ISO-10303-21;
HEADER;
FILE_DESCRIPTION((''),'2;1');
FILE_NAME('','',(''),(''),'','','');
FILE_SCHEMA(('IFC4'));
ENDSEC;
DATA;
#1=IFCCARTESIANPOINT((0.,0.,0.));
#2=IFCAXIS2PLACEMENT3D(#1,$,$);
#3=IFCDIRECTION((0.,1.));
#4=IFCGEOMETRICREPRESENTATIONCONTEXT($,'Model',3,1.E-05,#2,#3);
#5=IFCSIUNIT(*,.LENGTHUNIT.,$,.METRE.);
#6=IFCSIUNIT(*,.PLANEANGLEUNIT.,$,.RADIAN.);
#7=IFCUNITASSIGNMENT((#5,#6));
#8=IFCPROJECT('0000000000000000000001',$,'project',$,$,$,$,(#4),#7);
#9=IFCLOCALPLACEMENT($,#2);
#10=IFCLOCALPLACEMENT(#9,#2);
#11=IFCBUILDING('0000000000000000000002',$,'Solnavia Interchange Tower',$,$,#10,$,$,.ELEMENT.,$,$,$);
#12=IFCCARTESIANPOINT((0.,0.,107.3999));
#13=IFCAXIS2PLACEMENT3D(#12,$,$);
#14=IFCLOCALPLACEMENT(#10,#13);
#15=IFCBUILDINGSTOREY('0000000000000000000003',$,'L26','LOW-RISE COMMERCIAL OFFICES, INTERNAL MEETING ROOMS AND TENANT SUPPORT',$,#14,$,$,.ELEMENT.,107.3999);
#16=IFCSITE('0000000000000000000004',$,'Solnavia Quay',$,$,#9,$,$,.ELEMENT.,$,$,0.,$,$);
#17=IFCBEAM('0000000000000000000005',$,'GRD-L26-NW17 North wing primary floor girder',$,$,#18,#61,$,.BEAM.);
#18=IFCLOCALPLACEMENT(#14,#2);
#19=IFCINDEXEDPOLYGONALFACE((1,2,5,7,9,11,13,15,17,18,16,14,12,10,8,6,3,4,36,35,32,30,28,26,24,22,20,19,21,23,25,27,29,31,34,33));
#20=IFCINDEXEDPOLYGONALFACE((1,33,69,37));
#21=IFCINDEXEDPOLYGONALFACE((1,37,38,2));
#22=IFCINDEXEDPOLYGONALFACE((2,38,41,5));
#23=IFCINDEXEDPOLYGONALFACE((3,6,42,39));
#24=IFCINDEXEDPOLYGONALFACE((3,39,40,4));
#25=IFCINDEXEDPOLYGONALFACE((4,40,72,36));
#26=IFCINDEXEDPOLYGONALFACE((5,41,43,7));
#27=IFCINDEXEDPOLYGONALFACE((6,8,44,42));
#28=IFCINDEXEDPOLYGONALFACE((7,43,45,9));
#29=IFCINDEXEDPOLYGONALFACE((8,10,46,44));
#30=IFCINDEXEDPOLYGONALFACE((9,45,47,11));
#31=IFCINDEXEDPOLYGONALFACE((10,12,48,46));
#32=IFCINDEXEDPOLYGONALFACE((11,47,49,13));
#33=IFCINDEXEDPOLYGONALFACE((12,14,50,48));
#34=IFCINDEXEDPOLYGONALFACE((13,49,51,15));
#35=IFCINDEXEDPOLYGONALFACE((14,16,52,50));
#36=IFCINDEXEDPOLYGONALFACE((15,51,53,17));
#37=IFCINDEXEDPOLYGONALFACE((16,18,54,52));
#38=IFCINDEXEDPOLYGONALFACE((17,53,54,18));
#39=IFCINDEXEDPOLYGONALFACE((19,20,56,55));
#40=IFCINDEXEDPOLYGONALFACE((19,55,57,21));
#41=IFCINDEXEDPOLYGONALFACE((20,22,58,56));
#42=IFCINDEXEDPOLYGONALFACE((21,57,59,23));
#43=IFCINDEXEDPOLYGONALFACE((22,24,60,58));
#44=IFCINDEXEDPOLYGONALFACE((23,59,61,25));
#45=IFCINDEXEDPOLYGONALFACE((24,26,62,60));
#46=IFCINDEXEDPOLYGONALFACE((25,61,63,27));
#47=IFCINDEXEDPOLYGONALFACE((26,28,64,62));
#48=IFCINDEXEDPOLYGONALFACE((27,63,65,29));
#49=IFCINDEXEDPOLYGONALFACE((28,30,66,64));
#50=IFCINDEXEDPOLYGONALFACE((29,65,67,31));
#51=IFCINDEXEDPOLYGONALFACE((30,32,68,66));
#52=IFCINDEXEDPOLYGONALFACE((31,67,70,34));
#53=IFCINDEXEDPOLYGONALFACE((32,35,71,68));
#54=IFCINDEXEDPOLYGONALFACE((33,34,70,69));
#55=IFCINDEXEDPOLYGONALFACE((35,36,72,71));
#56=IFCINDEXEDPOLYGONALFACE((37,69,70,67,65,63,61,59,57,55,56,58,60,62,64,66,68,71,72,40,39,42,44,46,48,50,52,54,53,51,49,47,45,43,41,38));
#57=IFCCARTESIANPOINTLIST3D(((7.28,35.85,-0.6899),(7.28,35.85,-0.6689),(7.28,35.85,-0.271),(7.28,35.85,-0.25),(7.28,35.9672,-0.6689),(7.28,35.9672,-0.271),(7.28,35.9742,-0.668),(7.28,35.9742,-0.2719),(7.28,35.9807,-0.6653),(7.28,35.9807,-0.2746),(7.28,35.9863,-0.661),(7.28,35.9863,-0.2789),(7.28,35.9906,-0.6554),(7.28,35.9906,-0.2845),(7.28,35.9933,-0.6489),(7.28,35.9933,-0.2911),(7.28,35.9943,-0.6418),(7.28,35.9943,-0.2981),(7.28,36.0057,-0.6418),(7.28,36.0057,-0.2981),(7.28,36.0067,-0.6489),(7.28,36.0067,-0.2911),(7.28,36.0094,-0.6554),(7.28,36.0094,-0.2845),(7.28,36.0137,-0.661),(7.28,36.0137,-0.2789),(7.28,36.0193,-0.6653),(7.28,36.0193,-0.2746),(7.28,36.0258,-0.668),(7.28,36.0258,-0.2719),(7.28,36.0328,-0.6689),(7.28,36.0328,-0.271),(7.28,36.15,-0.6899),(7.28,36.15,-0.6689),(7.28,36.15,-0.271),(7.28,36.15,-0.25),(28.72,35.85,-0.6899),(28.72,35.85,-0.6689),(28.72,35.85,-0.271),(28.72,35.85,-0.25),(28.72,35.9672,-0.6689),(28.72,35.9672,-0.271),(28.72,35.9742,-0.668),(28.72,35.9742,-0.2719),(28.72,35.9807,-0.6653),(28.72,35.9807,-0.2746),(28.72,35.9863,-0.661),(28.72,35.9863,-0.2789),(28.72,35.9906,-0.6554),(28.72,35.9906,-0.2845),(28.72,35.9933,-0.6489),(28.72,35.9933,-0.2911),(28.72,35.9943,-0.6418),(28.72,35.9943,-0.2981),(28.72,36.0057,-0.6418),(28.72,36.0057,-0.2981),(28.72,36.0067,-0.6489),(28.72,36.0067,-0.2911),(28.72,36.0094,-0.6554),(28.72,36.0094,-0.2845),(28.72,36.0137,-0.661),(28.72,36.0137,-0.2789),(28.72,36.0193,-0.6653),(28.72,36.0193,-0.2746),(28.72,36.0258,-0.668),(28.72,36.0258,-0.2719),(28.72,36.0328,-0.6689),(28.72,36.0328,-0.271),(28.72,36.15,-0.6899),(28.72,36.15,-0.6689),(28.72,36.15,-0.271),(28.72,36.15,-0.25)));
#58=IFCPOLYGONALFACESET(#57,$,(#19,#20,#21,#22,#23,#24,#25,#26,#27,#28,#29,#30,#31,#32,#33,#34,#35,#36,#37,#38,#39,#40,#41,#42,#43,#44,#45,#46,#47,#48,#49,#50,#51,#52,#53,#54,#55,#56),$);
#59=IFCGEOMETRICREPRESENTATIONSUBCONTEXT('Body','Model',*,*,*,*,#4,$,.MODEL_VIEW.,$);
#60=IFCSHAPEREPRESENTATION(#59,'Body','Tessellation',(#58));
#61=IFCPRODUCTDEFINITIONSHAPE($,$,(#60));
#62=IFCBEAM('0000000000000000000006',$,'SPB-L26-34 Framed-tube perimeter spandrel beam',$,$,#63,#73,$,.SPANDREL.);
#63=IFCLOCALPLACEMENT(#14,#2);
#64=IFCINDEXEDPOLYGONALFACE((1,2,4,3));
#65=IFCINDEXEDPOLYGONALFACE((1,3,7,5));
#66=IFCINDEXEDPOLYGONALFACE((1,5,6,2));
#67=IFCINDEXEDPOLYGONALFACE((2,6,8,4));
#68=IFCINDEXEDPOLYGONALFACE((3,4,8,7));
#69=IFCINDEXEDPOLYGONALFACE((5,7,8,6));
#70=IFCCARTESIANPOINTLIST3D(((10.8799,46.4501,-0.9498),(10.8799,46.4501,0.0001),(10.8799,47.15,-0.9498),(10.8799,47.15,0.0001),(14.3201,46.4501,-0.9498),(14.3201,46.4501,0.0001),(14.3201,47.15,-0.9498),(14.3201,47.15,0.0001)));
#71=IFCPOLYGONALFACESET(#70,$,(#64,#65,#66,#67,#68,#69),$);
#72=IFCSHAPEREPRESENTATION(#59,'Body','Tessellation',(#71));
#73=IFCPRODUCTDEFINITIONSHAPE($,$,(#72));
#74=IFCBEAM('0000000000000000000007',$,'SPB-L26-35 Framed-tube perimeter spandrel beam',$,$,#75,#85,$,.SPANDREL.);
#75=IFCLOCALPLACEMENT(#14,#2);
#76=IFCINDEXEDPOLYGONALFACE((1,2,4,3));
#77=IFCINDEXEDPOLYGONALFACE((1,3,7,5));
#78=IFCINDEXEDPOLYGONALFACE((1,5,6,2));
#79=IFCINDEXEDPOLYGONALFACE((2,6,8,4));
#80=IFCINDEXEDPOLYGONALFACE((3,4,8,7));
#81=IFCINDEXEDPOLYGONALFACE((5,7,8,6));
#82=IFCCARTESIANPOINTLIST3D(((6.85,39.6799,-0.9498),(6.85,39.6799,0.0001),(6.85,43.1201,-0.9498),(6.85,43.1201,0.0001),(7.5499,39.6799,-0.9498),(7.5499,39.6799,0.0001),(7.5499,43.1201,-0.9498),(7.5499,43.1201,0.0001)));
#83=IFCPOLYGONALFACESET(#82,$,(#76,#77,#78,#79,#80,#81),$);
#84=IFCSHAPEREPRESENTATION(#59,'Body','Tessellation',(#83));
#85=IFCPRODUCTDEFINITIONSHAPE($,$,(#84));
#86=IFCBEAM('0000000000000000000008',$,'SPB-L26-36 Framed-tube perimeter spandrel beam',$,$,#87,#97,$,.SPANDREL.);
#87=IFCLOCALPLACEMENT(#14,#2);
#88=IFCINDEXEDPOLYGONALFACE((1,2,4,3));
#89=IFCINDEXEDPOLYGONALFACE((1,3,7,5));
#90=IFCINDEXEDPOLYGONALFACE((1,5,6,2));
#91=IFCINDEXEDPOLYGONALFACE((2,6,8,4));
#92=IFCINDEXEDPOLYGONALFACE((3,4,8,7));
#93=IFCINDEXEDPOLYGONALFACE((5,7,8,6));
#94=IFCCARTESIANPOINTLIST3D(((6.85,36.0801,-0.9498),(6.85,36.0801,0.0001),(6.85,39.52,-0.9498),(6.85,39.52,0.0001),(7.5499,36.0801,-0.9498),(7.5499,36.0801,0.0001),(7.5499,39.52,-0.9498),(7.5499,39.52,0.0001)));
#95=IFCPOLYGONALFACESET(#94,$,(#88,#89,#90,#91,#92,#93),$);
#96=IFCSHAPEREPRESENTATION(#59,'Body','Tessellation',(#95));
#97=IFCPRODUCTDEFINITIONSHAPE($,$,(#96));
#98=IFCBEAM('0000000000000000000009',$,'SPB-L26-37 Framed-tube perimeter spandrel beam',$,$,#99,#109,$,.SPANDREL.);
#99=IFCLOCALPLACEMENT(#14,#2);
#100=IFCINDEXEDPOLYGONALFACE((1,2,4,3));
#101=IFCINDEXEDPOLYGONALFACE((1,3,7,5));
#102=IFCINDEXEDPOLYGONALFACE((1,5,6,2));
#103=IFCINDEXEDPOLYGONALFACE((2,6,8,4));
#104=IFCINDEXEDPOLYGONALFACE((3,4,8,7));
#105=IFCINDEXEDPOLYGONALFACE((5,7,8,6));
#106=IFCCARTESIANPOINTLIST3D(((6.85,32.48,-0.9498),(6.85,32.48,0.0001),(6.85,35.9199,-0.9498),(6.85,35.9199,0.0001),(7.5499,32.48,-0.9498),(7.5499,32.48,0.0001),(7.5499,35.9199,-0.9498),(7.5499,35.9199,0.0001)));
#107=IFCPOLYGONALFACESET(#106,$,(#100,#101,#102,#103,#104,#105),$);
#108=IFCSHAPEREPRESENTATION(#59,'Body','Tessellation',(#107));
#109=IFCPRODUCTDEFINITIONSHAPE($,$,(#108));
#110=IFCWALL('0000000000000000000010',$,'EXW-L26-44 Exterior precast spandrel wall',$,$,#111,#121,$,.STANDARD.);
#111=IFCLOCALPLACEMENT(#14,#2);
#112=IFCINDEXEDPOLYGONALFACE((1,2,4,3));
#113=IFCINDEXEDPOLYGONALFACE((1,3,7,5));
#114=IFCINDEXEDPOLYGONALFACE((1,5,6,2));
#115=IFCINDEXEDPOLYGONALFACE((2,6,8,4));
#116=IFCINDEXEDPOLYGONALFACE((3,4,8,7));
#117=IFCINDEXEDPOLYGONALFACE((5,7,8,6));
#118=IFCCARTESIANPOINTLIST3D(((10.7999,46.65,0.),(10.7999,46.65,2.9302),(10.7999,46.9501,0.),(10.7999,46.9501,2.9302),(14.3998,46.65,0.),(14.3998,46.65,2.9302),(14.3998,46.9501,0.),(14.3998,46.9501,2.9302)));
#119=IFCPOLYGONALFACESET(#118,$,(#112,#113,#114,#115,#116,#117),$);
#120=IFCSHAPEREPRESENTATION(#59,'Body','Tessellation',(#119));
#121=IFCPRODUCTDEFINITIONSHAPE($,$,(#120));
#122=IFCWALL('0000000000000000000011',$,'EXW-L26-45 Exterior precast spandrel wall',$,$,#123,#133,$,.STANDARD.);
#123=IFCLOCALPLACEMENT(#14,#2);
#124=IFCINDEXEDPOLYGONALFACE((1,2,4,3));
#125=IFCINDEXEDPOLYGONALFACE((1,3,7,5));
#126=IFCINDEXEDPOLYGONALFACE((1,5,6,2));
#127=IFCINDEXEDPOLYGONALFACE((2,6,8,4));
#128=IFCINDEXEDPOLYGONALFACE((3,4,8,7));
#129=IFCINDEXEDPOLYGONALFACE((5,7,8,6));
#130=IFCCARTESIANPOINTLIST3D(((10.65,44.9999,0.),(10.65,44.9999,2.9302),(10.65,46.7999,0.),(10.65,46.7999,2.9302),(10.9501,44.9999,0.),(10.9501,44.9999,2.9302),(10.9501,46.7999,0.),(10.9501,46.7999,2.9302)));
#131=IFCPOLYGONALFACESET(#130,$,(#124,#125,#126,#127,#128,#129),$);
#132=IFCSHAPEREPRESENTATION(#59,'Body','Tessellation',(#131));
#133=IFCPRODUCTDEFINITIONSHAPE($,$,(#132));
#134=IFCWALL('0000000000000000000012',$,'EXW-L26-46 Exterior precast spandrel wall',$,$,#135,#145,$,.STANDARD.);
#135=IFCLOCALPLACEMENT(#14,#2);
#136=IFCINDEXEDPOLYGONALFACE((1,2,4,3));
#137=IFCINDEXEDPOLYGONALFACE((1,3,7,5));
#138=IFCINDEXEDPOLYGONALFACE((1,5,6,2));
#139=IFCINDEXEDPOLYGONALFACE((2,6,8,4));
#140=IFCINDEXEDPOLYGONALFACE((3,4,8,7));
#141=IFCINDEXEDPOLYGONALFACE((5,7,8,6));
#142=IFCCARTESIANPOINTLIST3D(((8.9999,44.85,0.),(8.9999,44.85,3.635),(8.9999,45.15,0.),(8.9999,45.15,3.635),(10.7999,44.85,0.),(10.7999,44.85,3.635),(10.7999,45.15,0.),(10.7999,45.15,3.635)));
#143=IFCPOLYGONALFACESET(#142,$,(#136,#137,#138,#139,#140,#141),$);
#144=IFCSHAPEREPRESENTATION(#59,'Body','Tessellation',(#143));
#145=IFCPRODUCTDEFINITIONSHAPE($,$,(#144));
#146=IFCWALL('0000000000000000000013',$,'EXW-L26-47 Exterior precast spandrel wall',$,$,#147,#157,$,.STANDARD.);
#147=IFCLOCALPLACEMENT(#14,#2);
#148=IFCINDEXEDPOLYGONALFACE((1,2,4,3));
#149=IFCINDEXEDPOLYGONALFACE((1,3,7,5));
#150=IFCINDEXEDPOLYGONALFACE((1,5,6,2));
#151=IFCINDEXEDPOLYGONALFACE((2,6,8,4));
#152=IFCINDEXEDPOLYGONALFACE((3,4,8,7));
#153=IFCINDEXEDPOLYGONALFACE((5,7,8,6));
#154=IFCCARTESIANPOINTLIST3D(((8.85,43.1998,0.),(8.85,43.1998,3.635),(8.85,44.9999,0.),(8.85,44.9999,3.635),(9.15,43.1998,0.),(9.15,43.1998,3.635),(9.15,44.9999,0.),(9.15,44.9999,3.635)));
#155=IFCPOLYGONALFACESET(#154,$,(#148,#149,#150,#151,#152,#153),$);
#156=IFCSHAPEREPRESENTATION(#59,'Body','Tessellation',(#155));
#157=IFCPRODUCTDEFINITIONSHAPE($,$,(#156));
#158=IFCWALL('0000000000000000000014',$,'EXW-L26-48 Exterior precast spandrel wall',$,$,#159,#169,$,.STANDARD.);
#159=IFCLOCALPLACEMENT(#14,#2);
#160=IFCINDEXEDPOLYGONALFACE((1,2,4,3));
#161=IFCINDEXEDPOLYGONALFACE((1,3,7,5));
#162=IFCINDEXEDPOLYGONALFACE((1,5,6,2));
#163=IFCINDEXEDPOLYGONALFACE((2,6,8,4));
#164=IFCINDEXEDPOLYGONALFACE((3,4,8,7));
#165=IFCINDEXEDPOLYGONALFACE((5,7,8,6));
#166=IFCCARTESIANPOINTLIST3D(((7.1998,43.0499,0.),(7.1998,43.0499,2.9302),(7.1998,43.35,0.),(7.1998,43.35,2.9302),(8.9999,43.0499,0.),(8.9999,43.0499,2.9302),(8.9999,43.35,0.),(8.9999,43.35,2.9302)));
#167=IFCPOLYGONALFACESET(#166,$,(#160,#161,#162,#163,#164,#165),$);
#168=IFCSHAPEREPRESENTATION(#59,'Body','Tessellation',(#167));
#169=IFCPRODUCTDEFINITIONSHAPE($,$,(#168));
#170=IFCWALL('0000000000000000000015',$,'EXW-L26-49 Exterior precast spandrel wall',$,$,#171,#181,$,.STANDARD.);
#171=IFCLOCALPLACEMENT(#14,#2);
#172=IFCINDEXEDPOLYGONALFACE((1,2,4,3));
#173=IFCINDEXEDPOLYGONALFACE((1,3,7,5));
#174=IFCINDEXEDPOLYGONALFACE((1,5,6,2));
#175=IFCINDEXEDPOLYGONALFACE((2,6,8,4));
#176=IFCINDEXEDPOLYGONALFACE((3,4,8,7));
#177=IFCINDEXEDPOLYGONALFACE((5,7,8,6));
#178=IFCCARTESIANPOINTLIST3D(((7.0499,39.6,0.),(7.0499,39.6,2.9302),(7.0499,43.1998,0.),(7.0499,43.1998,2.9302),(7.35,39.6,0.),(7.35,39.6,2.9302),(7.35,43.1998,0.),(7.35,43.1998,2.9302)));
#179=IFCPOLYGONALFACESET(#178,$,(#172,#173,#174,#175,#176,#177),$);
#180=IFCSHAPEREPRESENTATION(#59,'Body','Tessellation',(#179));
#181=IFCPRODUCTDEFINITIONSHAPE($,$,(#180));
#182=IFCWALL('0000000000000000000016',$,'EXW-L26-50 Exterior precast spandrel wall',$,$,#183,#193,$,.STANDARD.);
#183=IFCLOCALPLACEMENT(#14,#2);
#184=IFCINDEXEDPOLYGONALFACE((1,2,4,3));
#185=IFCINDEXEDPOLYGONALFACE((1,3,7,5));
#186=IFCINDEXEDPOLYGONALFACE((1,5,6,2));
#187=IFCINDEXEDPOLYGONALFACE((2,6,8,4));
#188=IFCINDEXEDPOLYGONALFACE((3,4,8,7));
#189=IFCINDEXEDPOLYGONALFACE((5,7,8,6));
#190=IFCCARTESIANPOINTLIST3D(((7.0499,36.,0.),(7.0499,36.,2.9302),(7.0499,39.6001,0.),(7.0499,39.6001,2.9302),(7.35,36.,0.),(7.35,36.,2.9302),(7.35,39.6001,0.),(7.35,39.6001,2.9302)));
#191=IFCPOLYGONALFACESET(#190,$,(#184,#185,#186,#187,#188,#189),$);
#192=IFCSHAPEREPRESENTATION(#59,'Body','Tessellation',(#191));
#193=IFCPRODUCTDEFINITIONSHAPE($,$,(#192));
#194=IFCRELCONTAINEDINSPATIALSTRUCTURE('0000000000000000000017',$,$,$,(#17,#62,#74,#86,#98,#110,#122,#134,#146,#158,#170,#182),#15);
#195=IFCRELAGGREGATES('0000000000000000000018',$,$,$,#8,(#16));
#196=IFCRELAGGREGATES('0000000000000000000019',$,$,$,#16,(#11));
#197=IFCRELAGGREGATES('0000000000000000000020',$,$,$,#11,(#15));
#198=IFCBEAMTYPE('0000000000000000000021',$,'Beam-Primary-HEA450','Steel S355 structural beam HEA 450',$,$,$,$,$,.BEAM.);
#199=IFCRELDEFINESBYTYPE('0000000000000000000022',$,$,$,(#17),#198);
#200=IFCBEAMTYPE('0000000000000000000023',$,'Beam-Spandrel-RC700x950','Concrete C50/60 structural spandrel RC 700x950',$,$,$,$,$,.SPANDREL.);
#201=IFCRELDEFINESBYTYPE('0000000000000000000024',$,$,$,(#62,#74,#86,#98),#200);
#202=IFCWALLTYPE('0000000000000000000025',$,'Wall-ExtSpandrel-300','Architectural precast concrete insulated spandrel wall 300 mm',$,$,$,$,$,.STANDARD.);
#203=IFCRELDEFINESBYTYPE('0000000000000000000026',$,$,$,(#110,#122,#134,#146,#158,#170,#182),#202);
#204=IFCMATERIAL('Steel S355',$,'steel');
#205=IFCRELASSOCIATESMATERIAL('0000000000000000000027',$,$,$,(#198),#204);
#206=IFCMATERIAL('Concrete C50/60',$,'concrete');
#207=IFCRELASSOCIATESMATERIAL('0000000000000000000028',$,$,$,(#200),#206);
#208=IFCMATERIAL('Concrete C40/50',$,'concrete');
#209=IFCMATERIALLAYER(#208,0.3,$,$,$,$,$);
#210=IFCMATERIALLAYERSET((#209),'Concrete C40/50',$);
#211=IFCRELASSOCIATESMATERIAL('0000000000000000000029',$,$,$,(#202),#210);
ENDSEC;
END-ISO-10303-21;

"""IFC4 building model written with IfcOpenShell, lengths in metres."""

from ifc_helpers import new_model, si_unit, direction, frame, frame_2d, origin, origin_2d, place, context, subcontext, project, spatial, rectangle, i_section, extrude, material, layer, layer_set, material_profile, profile_set, type_object, element, save


model = new_model("IFC4")

# Units and contexts
model_context = context("Model", 3, precision=1e-05, world=origin(), true_north=direction((0.0, 1.0)))
body_context = subcontext(model_context, "Body", "Model", "MODEL_VIEW")
ifc_project = project(units=[si_unit("LENGTHUNIT", "METRE"), si_unit("PLANEANGLEUNIT", "RADIAN")], contexts=[model_context])

# Site, building, storey
site_placement = place(None, origin())
site = spatial("IfcSite", under=ifc_project, at=site_placement, Name="Solnavia Quay", CompositionType="ELEMENT", RefElevation=0.0)
building_placement = place(site_placement, origin())
building = spatial("IfcBuilding", under=site, at=building_placement, Name="Solnavia Interchange Tower", CompositionType="ELEMENT")
storey_placement = place(building_placement, frame((0.0, 0.0, 107.3999)))
storey = spatial("IfcBuildingStorey", under=building, at=storey_placement, Name="L26", Description="LOW-RISE COMMERCIAL OFFICES, INTERNAL MEETING ROOMS AND TENANT SUPPORT", CompositionType="ELEMENT", Elevation=107.3999)

# Shared definitions
ifc_material_1 = material(Name="Concrete C50/60", Category="concrete")

# Beams
ifc_material_2 = material(Name="Steel S355", Category="steel")
ifc_material_profile_1 = material_profile(ifc_material_2, i_section(OverallWidth=0.3, OverallDepth=0.4399, WebThickness=0.0115, FlangeThickness=0.021, FilletRadius=0.0271, at=origin_2d()), Name="HEA 450")
ifc_profile_set_1 = profile_set([ifc_material_profile_1], Name="Steel S355")
beam_type_1 = type_object("IfcBeamType", Name="Beam-Primary-HEA450", Description="Steel S355 structural beam HEA 450", PredefinedType="BEAM", material=ifc_profile_set_1)
beam_1_placement = place(storey_placement, frame((7.28, 36.0, -0.47), z_axis=(1.0, 0.0, 0.0), x_axis=(0.0, 1.0, 0.0)))
element("IfcBeam", 1, at=beam_1_placement, inside=storey, type_object=beam_type_1, Name="GRD-L26-NW17 North wing primary floor girder", PredefinedType="BEAM", context=body_context, shape_type="SweptSolid", body=[
    extrude(i_section(OverallWidth=0.3, OverallDepth=0.4399, WebThickness=0.0115, FlangeThickness=0.021, FilletRadius=0.0271, at=origin_2d()), origin(), (0.0, 0.0, 1.0), 21.4399),
])
ifc_material_profile_2 = material_profile(ifc_material_1, rectangle(XDim=0.7, YDim=0.95, at=origin_2d()), Name="RC 700x950")
ifc_profile_set_2 = profile_set([ifc_material_profile_2], Name="Concrete C50/60")
beam_type_2 = type_object("IfcBeamType", Name="Beam-Spandrel-RC700x950", Description="Concrete C50/60 structural spandrel RC 700x950", PredefinedType="SPANDREL", material=ifc_profile_set_2)
for number, where, z_axis, x_axis, name in (
    (2, (14.3201, 46.8, -0.4749), (-1.0, 0.0, 0.0), (0.0, -1.0, 0.0), "SPB-L26-34 Framed-tube perimeter spandrel beam"),
    (3, (7.2, 43.1201, -0.4749), (0.0, -1.0, 0.0), (1.0, 0.0, 0.0), "SPB-L26-35 Framed-tube perimeter spandrel beam"),
):
    element("IfcBeam", number, at=place(storey_placement, frame(where, z_axis=z_axis, x_axis=x_axis)), inside=storey, type_object=beam_type_2, Name=name, PredefinedType="SPANDREL", context=body_context, shape_type="SweptSolid", body=[
        extrude(rectangle(XDim=0.7, YDim=0.95, at=origin_2d()), origin(), (0.0, 0.0, 1.0), 3.4402),
    ])
for number, where, z_axis, x_axis, name in (
    (4, (7.2, 39.52, -0.4749), (0.0, -1.0, 0.0), (1.0, 0.0, 0.0), "SPB-L26-36 Framed-tube perimeter spandrel beam"),
    (5, (7.2, 35.9199, -0.4749), (0.0, -1.0, 0.0), (1.0, 0.0, 0.0), "SPB-L26-37 Framed-tube perimeter spandrel beam"),
):
    element("IfcBeam", number, at=place(storey_placement, frame(where, z_axis=z_axis, x_axis=x_axis)), inside=storey, type_object=beam_type_2, Name=name, PredefinedType="SPANDREL", context=body_context, shape_type="SweptSolid", body=[
        extrude(rectangle(XDim=0.7, YDim=0.95, at=origin_2d()), origin(), (0.0, 0.0, 1.0), 3.4399),
    ])

# Walls
ifc_material_3 = material(Name="Concrete C40/50", Category="concrete")
ifc_layer = layer(ifc_material_3, 0.3)
ifc_layer_set = layer_set([ifc_layer], Name="Concrete C40/50")
wall_type = type_object("IfcWallType", Name="Wall-ExtSpandrel-300", Description="Architectural precast concrete insulated spandrel wall 300 mm", PredefinedType="STANDARD", material=ifc_layer_set)
wall_1_placement = place(storey_placement, frame((10.8, 46.8, 0.0), z_axis=(0.0, 0.0, 1.0), x_axis=(1.0, 0.0, 0.0)))
element("IfcWall", 6, at=wall_1_placement, inside=storey, type_object=wall_type, Name="EXW-L26-44 Exterior precast spandrel wall", PredefinedType="STANDARD", context=body_context, shape_type="SweptSolid", body=[
    extrude(rectangle(XDim=3.5999, YDim=0.3, at=frame_2d((1.7998, 0.0))), origin(), (0.0, 0.0, 1.0), 2.9302),
])
wall_2_placement = place(storey_placement, frame((10.8, 45.0, 0.0), z_axis=(0.0, 0.0, 1.0), x_axis=(0.0, 1.0, 0.0)))
element("IfcWall", 7, at=wall_2_placement, inside=storey, type_object=wall_type, Name="EXW-L26-45 Exterior precast spandrel wall", PredefinedType="STANDARD", context=body_context, shape_type="SweptSolid", body=[
    extrude(rectangle(XDim=1.8, YDim=0.3, at=frame_2d((0.8999, 0.0))), origin(), (0.0, 0.0, 1.0), 2.9302),
])
for number, where, z_axis, x_axis, name in (
    (8, (9.0, 45.0, 0.0), (0.0, 0.0, 1.0), (1.0, 0.0, 0.0), "EXW-L26-46 Exterior precast spandrel wall"),
    (9, (9.0, 43.2, 0.0), (0.0, 0.0, 1.0), (0.0, 1.0, 0.0), "EXW-L26-47 Exterior precast spandrel wall"),
):
    element("IfcWall", number, at=place(storey_placement, frame(where, z_axis=z_axis, x_axis=x_axis)), inside=storey, type_object=wall_type, Name=name, PredefinedType="STANDARD", context=body_context, shape_type="SweptSolid", body=[
        extrude(rectangle(XDim=1.8, YDim=0.3, at=frame_2d((0.8999, 0.0))), origin(), (0.0, 0.0, 1.0), 3.635),
    ])
wall_3_placement = place(storey_placement, frame((7.2, 43.2, 0.0), z_axis=(0.0, 0.0, 1.0), x_axis=(1.0, 0.0, 0.0)))
element("IfcWall", 10, at=wall_3_placement, inside=storey, type_object=wall_type, Name="EXW-L26-48 Exterior precast spandrel wall", PredefinedType="STANDARD", context=body_context, shape_type="SweptSolid", body=[
    extrude(rectangle(XDim=1.8, YDim=0.3, at=frame_2d((0.8999, 0.0))), origin(), (0.0, 0.0, 1.0), 2.9302),
])
wall_4_placement = place(storey_placement, frame((7.2, 39.6001, 0.0), z_axis=(0.0, 0.0, 1.0), x_axis=(0.0, 1.0, 0.0)))
element("IfcWall", 11, at=wall_4_placement, inside=storey, type_object=wall_type, Name="EXW-L26-49 Exterior precast spandrel wall", PredefinedType="STANDARD", context=body_context, shape_type="SweptSolid", body=[
    extrude(rectangle(XDim=3.5999, YDim=0.3, at=frame_2d((1.7998, 0.0))), origin(), (0.0, 0.0, 1.0), 2.9302),
])
wall_5_placement = place(storey_placement, frame((7.2, 36.0, 0.0), z_axis=(0.0, 0.0, 1.0), x_axis=(0.0, 1.0, 0.0)))
element("IfcWall", 12, at=wall_5_placement, inside=storey, type_object=wall_type, Name="EXW-L26-50 Exterior precast spandrel wall", PredefinedType="STANDARD", context=body_context, shape_type="SweptSolid", body=[
    extrude(rectangle(XDim=3.6001, YDim=0.3, at=frame_2d((1.8, 0.0))), origin(), (0.0, 0.0, 1.0), 2.9302),
])

save(model, "model.ifc")
